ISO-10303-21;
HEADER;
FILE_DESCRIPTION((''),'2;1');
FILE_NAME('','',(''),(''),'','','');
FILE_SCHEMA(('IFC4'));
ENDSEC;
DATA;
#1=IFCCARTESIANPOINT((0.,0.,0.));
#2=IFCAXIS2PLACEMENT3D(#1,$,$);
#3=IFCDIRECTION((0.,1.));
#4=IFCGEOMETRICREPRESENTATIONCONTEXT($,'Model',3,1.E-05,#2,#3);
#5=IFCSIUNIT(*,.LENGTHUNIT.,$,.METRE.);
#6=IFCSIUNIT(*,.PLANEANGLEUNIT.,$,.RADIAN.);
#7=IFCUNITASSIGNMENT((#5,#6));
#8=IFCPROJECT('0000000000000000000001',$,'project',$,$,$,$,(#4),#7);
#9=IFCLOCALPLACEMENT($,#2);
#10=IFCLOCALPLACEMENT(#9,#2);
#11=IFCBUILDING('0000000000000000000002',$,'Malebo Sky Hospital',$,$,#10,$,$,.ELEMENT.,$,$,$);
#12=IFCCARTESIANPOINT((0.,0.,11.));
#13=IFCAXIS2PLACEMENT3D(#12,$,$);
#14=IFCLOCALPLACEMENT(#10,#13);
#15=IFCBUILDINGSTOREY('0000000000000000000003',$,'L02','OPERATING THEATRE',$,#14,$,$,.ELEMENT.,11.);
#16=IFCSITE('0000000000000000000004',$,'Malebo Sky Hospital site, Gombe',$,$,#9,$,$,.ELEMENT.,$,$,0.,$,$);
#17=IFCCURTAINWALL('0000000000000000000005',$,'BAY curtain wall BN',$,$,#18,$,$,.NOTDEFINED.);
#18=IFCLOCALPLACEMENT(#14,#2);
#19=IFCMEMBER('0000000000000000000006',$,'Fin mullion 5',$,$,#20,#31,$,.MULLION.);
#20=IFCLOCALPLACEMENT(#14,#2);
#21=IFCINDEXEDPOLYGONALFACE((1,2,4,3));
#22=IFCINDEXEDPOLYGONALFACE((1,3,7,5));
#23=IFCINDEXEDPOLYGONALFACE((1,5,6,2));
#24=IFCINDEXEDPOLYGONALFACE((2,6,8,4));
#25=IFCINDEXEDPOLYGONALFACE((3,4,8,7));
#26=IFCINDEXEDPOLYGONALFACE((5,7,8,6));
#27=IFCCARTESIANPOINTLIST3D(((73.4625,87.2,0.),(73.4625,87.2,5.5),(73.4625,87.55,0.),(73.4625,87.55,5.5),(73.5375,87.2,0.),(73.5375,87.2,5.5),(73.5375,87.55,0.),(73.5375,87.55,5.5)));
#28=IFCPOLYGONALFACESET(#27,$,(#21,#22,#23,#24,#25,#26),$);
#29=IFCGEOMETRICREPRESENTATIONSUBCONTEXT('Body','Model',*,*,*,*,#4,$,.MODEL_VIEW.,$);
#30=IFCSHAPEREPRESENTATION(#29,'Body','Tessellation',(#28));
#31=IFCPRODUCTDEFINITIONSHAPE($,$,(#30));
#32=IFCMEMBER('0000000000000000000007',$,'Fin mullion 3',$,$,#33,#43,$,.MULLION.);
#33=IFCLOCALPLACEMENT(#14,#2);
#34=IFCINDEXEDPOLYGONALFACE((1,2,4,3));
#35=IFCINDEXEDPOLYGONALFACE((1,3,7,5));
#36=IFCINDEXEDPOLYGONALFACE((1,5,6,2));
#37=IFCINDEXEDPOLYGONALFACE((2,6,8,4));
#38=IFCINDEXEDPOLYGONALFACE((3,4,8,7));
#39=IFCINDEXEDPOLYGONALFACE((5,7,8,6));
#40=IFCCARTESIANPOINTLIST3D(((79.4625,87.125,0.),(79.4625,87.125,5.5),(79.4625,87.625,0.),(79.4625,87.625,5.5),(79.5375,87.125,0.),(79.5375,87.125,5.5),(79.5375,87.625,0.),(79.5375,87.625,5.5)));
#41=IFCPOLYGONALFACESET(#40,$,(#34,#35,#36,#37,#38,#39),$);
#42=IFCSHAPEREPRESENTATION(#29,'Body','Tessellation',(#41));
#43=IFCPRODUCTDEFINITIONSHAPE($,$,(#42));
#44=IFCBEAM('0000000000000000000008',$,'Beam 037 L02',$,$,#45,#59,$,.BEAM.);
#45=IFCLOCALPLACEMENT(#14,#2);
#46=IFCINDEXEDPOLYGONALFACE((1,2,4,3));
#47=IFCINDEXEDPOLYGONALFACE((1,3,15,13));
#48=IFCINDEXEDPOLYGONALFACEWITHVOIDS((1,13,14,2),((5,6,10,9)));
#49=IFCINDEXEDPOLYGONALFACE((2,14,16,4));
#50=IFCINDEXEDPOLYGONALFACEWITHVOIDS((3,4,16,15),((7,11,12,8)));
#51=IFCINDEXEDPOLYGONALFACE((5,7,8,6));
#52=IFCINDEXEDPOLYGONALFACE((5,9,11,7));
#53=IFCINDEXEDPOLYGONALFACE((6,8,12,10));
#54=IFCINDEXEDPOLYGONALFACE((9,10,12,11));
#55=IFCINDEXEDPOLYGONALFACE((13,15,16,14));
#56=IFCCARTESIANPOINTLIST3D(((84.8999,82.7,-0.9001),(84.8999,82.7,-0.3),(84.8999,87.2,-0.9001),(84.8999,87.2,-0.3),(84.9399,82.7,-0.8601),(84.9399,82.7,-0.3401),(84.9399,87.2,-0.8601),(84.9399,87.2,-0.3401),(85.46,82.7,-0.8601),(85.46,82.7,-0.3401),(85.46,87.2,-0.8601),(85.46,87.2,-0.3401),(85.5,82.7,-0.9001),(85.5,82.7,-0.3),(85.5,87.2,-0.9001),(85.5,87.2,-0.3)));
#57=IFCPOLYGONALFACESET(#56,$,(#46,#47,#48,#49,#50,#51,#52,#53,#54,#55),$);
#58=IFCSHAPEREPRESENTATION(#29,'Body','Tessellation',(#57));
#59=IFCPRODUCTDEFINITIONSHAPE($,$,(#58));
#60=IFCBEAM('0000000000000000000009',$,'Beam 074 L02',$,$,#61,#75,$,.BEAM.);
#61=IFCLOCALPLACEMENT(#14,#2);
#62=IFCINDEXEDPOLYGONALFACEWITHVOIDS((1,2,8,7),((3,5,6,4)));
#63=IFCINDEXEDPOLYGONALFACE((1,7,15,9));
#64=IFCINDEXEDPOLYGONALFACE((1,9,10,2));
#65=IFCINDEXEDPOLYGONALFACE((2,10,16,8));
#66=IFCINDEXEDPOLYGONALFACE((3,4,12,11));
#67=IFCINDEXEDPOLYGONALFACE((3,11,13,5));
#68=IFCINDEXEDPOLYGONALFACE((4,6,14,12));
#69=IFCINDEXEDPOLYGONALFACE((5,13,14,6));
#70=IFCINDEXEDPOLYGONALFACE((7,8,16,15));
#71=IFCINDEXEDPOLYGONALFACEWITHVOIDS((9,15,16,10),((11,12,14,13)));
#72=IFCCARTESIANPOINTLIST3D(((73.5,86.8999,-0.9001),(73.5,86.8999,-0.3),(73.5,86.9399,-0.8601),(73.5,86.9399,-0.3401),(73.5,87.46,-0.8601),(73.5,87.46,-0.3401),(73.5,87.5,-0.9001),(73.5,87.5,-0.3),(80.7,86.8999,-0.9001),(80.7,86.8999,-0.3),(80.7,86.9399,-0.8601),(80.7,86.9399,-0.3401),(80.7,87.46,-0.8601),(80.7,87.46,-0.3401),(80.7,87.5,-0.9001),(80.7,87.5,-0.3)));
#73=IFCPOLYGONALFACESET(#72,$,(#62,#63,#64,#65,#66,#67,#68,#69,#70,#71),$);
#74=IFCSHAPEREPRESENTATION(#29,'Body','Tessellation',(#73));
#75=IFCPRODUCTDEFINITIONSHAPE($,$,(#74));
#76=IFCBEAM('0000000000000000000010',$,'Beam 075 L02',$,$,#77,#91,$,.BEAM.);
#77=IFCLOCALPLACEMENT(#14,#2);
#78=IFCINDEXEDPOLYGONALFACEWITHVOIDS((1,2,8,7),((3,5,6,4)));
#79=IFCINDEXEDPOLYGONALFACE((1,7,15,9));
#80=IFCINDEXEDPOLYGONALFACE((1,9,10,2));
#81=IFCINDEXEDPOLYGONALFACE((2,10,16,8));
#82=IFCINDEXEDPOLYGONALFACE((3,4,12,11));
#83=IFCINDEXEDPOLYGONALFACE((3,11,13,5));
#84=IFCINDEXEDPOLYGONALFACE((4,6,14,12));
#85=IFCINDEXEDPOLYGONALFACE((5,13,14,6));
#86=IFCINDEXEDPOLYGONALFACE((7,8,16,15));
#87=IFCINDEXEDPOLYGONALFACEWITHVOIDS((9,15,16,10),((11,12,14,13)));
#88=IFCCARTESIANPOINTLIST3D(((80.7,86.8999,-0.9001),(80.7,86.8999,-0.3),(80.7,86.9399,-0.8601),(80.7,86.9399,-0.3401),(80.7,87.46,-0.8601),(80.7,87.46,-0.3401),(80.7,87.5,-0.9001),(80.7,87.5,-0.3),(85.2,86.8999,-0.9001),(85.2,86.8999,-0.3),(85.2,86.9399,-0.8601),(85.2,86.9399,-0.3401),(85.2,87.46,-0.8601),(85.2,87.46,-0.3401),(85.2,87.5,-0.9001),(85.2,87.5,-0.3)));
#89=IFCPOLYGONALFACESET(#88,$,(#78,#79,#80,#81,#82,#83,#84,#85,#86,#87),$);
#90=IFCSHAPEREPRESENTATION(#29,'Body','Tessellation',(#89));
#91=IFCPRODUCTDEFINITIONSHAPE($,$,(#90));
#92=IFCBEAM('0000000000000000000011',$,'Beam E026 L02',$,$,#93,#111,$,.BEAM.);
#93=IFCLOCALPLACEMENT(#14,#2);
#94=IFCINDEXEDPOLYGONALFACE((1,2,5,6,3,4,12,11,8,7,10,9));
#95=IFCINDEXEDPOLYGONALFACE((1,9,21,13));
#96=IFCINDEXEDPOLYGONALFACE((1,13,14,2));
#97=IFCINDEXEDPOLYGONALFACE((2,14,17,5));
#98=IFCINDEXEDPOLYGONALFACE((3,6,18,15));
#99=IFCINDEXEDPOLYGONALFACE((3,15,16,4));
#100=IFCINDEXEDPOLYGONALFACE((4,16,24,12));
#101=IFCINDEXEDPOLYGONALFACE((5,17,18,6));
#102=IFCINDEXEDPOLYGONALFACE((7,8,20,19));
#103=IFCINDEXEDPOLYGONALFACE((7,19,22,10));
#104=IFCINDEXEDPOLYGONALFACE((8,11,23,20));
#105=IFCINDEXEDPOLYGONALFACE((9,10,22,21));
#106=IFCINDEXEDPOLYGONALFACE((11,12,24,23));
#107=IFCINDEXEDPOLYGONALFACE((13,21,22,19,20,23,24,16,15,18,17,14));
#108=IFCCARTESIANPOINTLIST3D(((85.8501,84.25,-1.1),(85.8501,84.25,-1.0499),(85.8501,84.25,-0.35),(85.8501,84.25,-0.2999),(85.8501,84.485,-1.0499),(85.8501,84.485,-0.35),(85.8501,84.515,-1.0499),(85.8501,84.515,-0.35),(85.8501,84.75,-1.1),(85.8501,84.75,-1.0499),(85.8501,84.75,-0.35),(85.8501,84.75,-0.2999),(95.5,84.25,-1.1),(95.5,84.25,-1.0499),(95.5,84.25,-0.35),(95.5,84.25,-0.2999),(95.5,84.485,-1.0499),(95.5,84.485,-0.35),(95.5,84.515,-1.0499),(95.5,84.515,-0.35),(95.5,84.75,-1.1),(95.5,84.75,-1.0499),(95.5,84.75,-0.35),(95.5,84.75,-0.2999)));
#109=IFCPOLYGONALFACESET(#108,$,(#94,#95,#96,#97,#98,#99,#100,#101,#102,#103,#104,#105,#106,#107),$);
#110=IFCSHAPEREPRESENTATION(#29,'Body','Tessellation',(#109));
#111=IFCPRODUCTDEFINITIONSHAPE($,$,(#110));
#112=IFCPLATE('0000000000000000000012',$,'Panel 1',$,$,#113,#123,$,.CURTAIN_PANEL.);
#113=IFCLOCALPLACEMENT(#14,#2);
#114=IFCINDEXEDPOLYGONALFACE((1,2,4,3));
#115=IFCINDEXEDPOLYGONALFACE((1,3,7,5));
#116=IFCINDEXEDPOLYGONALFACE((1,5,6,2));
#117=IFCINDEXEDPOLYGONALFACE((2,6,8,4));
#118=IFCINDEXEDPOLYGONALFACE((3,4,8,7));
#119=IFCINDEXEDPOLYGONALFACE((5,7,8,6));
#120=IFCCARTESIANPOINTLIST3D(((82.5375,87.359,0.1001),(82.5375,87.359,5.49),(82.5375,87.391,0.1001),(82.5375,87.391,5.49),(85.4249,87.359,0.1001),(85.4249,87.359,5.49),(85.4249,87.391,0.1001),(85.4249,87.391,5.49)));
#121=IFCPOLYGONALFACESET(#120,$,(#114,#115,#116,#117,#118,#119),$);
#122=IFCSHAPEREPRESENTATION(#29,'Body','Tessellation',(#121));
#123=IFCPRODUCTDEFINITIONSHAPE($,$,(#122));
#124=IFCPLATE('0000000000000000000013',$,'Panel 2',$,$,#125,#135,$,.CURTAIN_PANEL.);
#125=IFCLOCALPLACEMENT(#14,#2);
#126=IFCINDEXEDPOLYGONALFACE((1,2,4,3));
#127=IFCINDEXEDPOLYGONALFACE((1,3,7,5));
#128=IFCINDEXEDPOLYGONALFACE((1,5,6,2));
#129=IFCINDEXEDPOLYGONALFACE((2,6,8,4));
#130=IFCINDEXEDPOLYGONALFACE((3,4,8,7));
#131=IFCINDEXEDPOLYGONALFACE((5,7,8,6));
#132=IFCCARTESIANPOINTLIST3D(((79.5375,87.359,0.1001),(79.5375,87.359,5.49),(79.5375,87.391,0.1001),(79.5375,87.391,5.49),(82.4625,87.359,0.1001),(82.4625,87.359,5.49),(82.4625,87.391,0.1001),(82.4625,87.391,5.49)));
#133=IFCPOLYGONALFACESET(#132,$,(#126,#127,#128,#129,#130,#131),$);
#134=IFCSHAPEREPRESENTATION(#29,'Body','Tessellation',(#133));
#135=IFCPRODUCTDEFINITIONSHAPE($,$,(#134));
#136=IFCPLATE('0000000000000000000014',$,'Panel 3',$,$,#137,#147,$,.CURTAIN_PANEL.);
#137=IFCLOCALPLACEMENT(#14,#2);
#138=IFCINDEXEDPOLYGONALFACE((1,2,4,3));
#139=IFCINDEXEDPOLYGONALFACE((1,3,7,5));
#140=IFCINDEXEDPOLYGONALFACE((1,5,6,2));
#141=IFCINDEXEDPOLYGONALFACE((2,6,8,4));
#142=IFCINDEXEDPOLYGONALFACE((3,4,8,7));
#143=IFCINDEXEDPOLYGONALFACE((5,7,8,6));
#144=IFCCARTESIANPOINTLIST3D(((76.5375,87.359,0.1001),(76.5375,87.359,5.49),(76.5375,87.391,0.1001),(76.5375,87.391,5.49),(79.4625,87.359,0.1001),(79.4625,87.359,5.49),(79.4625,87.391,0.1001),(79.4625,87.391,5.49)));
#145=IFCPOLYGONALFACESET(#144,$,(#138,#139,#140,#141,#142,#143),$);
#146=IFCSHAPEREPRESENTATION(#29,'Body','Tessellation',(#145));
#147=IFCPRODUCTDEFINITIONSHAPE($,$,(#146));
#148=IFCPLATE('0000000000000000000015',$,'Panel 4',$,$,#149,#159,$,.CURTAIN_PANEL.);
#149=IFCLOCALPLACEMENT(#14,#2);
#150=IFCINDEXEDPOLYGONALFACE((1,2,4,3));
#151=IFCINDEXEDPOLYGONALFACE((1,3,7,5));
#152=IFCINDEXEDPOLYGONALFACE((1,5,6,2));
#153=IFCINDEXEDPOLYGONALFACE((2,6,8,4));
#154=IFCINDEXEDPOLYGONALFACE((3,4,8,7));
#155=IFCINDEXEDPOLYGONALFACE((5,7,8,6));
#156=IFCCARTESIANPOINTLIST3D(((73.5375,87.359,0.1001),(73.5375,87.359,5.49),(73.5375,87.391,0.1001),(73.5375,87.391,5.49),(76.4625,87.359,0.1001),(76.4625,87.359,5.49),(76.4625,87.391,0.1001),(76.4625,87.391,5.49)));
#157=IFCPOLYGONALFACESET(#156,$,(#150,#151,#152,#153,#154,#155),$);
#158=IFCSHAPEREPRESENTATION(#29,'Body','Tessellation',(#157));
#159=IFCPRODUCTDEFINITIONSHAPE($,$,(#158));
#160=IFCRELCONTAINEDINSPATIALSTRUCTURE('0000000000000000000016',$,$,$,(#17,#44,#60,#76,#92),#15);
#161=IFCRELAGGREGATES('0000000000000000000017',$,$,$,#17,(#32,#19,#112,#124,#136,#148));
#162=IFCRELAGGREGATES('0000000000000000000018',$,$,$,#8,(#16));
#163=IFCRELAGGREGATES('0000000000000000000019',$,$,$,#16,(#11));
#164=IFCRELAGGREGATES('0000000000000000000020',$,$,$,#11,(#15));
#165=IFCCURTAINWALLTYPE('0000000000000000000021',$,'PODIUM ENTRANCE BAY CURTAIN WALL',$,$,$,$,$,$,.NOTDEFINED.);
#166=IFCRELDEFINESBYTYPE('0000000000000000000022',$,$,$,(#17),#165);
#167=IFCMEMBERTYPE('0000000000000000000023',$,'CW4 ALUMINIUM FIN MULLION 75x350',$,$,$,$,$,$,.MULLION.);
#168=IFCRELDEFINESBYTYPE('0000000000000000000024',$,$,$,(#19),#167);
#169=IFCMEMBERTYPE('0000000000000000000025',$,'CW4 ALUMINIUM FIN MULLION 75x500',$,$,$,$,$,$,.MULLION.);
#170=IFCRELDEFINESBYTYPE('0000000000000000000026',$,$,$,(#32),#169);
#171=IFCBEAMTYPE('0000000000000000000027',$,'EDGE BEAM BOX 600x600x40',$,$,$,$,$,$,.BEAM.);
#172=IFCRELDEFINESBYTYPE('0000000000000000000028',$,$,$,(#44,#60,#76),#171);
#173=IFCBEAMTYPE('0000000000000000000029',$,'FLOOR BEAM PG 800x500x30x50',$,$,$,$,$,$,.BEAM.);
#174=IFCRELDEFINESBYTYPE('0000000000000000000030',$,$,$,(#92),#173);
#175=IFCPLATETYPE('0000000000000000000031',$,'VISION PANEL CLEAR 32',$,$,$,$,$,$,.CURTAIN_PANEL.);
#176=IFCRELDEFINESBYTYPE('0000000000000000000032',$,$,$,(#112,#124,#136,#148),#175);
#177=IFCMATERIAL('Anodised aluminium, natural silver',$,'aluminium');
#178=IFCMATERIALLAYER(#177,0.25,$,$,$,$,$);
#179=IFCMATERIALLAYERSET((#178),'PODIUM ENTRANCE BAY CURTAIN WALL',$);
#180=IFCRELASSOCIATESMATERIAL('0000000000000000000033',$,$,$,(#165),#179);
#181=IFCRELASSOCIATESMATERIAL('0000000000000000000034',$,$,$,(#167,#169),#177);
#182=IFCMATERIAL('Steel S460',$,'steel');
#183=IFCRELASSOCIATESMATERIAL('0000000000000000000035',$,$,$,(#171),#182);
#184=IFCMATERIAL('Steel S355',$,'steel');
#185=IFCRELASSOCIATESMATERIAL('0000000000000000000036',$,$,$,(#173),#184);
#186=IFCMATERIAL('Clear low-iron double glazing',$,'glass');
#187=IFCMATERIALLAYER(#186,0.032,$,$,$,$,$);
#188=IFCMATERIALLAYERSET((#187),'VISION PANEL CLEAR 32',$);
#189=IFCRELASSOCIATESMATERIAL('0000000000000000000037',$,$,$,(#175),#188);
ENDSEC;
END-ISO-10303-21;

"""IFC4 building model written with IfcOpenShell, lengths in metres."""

from ifc_helpers import new_model, si_unit, direction, frame, origin, origin_2d, place, context, subcontext, project, spatial, rectangle, hollow_rectangle, i_section, extrude, material, layer, layer_set, material_profile, profile_set, type_object, element, aggregate, save


model = new_model("IFC4")

# Units and contexts
model_context = context("Model", 3, precision=1e-05, world=origin(), true_north=direction((0.0, 1.0)))
body_context = subcontext(model_context, "Body", "Model", "MODEL_VIEW")
ifc_project = project(units=[si_unit("LENGTHUNIT", "METRE"), si_unit("PLANEANGLEUNIT", "RADIAN")], contexts=[model_context])

# Site, building, storey
site_placement = place(None, origin())
site = spatial("IfcSite", under=ifc_project, at=site_placement, Name="Malebo Sky Hospital site, Gombe", CompositionType="ELEMENT", RefElevation=0.0)
building_placement = place(site_placement, origin())
building = spatial("IfcBuilding", under=site, at=building_placement, Name="Malebo Sky Hospital", CompositionType="ELEMENT")
storey_placement = place(building_placement, frame((0.0, 0.0, 11.0)))
storey = spatial("IfcBuildingStorey", under=building, at=storey_placement, Name="L02", Description="OPERATING THEATRE", CompositionType="ELEMENT", Elevation=11.0)

# Shared definitions
ifc_material_1 = material(Name="Steel S460", Category="steel")

# Curtain wall
ifc_material_2 = material(Name="Anodised aluminium, natural silver", Category="aluminium")
ifc_layer_1 = layer(ifc_material_2, 0.25)
ifc_layer_set_1 = layer_set([ifc_layer_1], Name="PODIUM ENTRANCE BAY CURTAIN WALL")
curtain_wall_type_1 = type_object("IfcCurtainWallType", Name="PODIUM ENTRANCE BAY CURTAIN WALL", PredefinedType="NOTDEFINED", material=ifc_layer_set_1)
curtain_wall_1_placement = place(storey_placement, origin())
curtain_wall_1 = element("IfcCurtainWall", 1, at=curtain_wall_1_placement, inside=storey, type_object=curtain_wall_type_1, Name="BAY curtain wall BN", PredefinedType="NOTDEFINED")

# Members
ifc_material_profile_1 = material_profile(ifc_material_2, rectangle(XDim=0.075, YDim=0.3501, at=origin_2d()), Name="CW4 ALUMINIUM FIN MULLION 75x350")
ifc_profile_set_1 = profile_set([ifc_material_profile_1], Name="Anodised aluminium, natural silver")
member_type_1 = type_object("IfcMemberType", Name="CW4 ALUMINIUM FIN MULLION 75x350", PredefinedType="MULLION", material=ifc_profile_set_1)
member_1_placement = place(storey_placement, frame((73.5, 87.375, 0.0), z_axis=(0.0, 0.0, 1.0), x_axis=(-1.0, 0.0, 0.0)))
member_1 = element("IfcMember", 2, at=member_1_placement, type_object=member_type_1, Name="Fin mullion 5", PredefinedType="MULLION", context=body_context, shape_type="SweptSolid", body=[
    extrude(rectangle(XDim=0.075, YDim=0.3501, at=origin_2d()), origin(), (0.0, 0.0, 1.0), 5.5),
])
ifc_material_profile_2 = material_profile(ifc_material_2, rectangle(XDim=0.075, YDim=0.5, at=origin_2d()), Name="CW4 ALUMINIUM FIN MULLION 75x500")
ifc_profile_set_2 = profile_set([ifc_material_profile_2], Name="Anodised aluminium, natural silver")
member_type_2 = type_object("IfcMemberType", Name="CW4 ALUMINIUM FIN MULLION 75x500", PredefinedType="MULLION", material=ifc_profile_set_2)
member_2_placement = place(storey_placement, frame((79.5, 87.375, 0.0), z_axis=(0.0, 0.0, 1.0), x_axis=(-1.0, 0.0, 0.0)))
member_2 = element("IfcMember", 3, at=member_2_placement, type_object=member_type_2, Name="Fin mullion 3", PredefinedType="MULLION", context=body_context, shape_type="SweptSolid", body=[
    extrude(rectangle(XDim=0.075, YDim=0.5, at=origin_2d()), origin(), (0.0, 0.0, 1.0), 5.5),
])

# Beams
ifc_material_profile_3 = material_profile(ifc_material_1, hollow_rectangle(XDim=0.6001, YDim=0.6001, WallThickness=0.04, at=origin_2d()), Name="BOX 600x600x40")
ifc_profile_set_3 = profile_set([ifc_material_profile_3], Name="Steel S460")
beam_type_1 = type_object("IfcBeamType", Name="EDGE BEAM BOX 600x600x40", PredefinedType="BEAM", material=ifc_profile_set_3)
beam_1_placement = place(storey_placement, frame((85.2, 82.7, -0.6001), z_axis=(0.0, 1.0, 0.0), x_axis=(-1.0, 0.0, 0.0)))
element("IfcBeam", 4, at=beam_1_placement, inside=storey, type_object=beam_type_1, Name="Beam 037 L02", PredefinedType="BEAM", context=body_context, shape_type="SweptSolid", body=[
    extrude(hollow_rectangle(XDim=0.6001, YDim=0.6001, WallThickness=0.04, at=origin_2d()), origin(), (0.0, 0.0, 1.0), 4.5),
])
beam_2_placement = place(storey_placement, frame((73.5, 87.2, -0.6001), z_axis=(1.0, 0.0, 0.0), x_axis=(0.0, 1.0, 0.0)))
element("IfcBeam", 5, at=beam_2_placement, inside=storey, type_object=beam_type_1, Name="Beam 074 L02", PredefinedType="BEAM", context=body_context, shape_type="SweptSolid", body=[
    extrude(hollow_rectangle(XDim=0.6001, YDim=0.6001, WallThickness=0.04, at=origin_2d()), origin(), (0.0, 0.0, 1.0), 7.2),
])
beam_3_placement = place(storey_placement, frame((80.7, 87.2, -0.6001), z_axis=(1.0, 0.0, 0.0), x_axis=(0.0, 1.0, 0.0)))
element("IfcBeam", 6, at=beam_3_placement, inside=storey, type_object=beam_type_1, Name="Beam 075 L02", PredefinedType="BEAM", context=body_context, shape_type="SweptSolid", body=[
    extrude(hollow_rectangle(XDim=0.6001, YDim=0.6001, WallThickness=0.04, at=origin_2d()), origin(), (0.0, 0.0, 1.0), 4.5),
])
ifc_material_3 = material(Name="Steel S355", Category="steel")
ifc_material_profile_4 = material_profile(ifc_material_3, i_section(OverallWidth=0.5, OverallDepth=0.8, WebThickness=0.03, FlangeThickness=0.05, at=origin_2d()), Name="PG 800x500x30x50")
ifc_profile_set_4 = profile_set([ifc_material_profile_4], Name="Steel S355")
beam_type_2 = type_object("IfcBeamType", Name="FLOOR BEAM PG 800x500x30x50", PredefinedType="BEAM", material=ifc_profile_set_4)
beam_4_placement = place(storey_placement, frame((85.8501, 84.5, -0.7), z_axis=(1.0, 0.0, 0.0), x_axis=(0.0, 1.0, 0.0)))
element("IfcBeam", 7, at=beam_4_placement, inside=storey, type_object=beam_type_2, Name="Beam E026 L02", PredefinedType="BEAM", context=body_context, shape_type="SweptSolid", body=[
    extrude(i_section(OverallWidth=0.5, OverallDepth=0.8, WebThickness=0.03, FlangeThickness=0.05, at=origin_2d()), origin(), (0.0, 0.0, 1.0), 9.6499),
])

# Plates
ifc_material_4 = material(Name="Clear low-iron double glazing", Category="glass")
ifc_layer_2 = layer(ifc_material_4, 0.032)
ifc_layer_set_2 = layer_set([ifc_layer_2], Name="VISION PANEL CLEAR 32")
plate_type = type_object("IfcPlateType", Name="VISION PANEL CLEAR 32", PredefinedType="CURTAIN_PANEL", material=ifc_layer_set_2)
plate_1_placement = place(storey_placement, frame((83.9812, 87.375, 0.1001), z_axis=(0.0, 0.0, 1.0), x_axis=(-1.0, 0.0, 0.0)))
plate_1 = element("IfcPlate", 8, at=plate_1_placement, type_object=plate_type, Name="Panel 1", PredefinedType="CURTAIN_PANEL", context=body_context, shape_type="SweptSolid", body=[
    extrude(rectangle(XDim=2.8875, YDim=0.032, at=origin_2d()), origin(), (0.0, 0.0, 1.0), 5.3899),
])
plate_2_placement = place(storey_placement, frame((81.0, 87.375, 0.1001), z_axis=(0.0, 0.0, 1.0), x_axis=(-1.0, 0.0, 0.0)))
plate_2 = element("IfcPlate", 9, at=plate_2_placement, type_object=plate_type, Name="Panel 2", PredefinedType="CURTAIN_PANEL", context=body_context, shape_type="SweptSolid", body=[
    extrude(rectangle(XDim=2.925, YDim=0.032, at=origin_2d()), origin(), (0.0, 0.0, 1.0), 5.3899),
])
plate_3_placement = place(storey_placement, frame((78.0, 87.375, 0.1001), z_axis=(0.0, 0.0, 1.0), x_axis=(-1.0, 0.0, 0.0)))
plate_3 = element("IfcPlate", 10, at=plate_3_placement, type_object=plate_type, Name="Panel 3", PredefinedType="CURTAIN_PANEL", context=body_context, shape_type="SweptSolid", body=[
    extrude(rectangle(XDim=2.925, YDim=0.032, at=origin_2d()), origin(), (0.0, 0.0, 1.0), 5.3899),
])
plate_4_placement = place(storey_placement, frame((75.0, 87.375, 0.1001), z_axis=(0.0, 0.0, 1.0), x_axis=(-1.0, 0.0, 0.0)))
plate_4 = element("IfcPlate", 11, at=plate_4_placement, type_object=plate_type, Name="Panel 4", PredefinedType="CURTAIN_PANEL", context=body_context, shape_type="SweptSolid", body=[
    extrude(rectangle(XDim=2.925, YDim=0.032, at=origin_2d()), origin(), (0.0, 0.0, 1.0), 5.3899),
])
aggregate(curtain_wall_1, [member_2, member_1, plate_1, plate_2, plate_3, plate_4])

save(model, "model.ifc")
